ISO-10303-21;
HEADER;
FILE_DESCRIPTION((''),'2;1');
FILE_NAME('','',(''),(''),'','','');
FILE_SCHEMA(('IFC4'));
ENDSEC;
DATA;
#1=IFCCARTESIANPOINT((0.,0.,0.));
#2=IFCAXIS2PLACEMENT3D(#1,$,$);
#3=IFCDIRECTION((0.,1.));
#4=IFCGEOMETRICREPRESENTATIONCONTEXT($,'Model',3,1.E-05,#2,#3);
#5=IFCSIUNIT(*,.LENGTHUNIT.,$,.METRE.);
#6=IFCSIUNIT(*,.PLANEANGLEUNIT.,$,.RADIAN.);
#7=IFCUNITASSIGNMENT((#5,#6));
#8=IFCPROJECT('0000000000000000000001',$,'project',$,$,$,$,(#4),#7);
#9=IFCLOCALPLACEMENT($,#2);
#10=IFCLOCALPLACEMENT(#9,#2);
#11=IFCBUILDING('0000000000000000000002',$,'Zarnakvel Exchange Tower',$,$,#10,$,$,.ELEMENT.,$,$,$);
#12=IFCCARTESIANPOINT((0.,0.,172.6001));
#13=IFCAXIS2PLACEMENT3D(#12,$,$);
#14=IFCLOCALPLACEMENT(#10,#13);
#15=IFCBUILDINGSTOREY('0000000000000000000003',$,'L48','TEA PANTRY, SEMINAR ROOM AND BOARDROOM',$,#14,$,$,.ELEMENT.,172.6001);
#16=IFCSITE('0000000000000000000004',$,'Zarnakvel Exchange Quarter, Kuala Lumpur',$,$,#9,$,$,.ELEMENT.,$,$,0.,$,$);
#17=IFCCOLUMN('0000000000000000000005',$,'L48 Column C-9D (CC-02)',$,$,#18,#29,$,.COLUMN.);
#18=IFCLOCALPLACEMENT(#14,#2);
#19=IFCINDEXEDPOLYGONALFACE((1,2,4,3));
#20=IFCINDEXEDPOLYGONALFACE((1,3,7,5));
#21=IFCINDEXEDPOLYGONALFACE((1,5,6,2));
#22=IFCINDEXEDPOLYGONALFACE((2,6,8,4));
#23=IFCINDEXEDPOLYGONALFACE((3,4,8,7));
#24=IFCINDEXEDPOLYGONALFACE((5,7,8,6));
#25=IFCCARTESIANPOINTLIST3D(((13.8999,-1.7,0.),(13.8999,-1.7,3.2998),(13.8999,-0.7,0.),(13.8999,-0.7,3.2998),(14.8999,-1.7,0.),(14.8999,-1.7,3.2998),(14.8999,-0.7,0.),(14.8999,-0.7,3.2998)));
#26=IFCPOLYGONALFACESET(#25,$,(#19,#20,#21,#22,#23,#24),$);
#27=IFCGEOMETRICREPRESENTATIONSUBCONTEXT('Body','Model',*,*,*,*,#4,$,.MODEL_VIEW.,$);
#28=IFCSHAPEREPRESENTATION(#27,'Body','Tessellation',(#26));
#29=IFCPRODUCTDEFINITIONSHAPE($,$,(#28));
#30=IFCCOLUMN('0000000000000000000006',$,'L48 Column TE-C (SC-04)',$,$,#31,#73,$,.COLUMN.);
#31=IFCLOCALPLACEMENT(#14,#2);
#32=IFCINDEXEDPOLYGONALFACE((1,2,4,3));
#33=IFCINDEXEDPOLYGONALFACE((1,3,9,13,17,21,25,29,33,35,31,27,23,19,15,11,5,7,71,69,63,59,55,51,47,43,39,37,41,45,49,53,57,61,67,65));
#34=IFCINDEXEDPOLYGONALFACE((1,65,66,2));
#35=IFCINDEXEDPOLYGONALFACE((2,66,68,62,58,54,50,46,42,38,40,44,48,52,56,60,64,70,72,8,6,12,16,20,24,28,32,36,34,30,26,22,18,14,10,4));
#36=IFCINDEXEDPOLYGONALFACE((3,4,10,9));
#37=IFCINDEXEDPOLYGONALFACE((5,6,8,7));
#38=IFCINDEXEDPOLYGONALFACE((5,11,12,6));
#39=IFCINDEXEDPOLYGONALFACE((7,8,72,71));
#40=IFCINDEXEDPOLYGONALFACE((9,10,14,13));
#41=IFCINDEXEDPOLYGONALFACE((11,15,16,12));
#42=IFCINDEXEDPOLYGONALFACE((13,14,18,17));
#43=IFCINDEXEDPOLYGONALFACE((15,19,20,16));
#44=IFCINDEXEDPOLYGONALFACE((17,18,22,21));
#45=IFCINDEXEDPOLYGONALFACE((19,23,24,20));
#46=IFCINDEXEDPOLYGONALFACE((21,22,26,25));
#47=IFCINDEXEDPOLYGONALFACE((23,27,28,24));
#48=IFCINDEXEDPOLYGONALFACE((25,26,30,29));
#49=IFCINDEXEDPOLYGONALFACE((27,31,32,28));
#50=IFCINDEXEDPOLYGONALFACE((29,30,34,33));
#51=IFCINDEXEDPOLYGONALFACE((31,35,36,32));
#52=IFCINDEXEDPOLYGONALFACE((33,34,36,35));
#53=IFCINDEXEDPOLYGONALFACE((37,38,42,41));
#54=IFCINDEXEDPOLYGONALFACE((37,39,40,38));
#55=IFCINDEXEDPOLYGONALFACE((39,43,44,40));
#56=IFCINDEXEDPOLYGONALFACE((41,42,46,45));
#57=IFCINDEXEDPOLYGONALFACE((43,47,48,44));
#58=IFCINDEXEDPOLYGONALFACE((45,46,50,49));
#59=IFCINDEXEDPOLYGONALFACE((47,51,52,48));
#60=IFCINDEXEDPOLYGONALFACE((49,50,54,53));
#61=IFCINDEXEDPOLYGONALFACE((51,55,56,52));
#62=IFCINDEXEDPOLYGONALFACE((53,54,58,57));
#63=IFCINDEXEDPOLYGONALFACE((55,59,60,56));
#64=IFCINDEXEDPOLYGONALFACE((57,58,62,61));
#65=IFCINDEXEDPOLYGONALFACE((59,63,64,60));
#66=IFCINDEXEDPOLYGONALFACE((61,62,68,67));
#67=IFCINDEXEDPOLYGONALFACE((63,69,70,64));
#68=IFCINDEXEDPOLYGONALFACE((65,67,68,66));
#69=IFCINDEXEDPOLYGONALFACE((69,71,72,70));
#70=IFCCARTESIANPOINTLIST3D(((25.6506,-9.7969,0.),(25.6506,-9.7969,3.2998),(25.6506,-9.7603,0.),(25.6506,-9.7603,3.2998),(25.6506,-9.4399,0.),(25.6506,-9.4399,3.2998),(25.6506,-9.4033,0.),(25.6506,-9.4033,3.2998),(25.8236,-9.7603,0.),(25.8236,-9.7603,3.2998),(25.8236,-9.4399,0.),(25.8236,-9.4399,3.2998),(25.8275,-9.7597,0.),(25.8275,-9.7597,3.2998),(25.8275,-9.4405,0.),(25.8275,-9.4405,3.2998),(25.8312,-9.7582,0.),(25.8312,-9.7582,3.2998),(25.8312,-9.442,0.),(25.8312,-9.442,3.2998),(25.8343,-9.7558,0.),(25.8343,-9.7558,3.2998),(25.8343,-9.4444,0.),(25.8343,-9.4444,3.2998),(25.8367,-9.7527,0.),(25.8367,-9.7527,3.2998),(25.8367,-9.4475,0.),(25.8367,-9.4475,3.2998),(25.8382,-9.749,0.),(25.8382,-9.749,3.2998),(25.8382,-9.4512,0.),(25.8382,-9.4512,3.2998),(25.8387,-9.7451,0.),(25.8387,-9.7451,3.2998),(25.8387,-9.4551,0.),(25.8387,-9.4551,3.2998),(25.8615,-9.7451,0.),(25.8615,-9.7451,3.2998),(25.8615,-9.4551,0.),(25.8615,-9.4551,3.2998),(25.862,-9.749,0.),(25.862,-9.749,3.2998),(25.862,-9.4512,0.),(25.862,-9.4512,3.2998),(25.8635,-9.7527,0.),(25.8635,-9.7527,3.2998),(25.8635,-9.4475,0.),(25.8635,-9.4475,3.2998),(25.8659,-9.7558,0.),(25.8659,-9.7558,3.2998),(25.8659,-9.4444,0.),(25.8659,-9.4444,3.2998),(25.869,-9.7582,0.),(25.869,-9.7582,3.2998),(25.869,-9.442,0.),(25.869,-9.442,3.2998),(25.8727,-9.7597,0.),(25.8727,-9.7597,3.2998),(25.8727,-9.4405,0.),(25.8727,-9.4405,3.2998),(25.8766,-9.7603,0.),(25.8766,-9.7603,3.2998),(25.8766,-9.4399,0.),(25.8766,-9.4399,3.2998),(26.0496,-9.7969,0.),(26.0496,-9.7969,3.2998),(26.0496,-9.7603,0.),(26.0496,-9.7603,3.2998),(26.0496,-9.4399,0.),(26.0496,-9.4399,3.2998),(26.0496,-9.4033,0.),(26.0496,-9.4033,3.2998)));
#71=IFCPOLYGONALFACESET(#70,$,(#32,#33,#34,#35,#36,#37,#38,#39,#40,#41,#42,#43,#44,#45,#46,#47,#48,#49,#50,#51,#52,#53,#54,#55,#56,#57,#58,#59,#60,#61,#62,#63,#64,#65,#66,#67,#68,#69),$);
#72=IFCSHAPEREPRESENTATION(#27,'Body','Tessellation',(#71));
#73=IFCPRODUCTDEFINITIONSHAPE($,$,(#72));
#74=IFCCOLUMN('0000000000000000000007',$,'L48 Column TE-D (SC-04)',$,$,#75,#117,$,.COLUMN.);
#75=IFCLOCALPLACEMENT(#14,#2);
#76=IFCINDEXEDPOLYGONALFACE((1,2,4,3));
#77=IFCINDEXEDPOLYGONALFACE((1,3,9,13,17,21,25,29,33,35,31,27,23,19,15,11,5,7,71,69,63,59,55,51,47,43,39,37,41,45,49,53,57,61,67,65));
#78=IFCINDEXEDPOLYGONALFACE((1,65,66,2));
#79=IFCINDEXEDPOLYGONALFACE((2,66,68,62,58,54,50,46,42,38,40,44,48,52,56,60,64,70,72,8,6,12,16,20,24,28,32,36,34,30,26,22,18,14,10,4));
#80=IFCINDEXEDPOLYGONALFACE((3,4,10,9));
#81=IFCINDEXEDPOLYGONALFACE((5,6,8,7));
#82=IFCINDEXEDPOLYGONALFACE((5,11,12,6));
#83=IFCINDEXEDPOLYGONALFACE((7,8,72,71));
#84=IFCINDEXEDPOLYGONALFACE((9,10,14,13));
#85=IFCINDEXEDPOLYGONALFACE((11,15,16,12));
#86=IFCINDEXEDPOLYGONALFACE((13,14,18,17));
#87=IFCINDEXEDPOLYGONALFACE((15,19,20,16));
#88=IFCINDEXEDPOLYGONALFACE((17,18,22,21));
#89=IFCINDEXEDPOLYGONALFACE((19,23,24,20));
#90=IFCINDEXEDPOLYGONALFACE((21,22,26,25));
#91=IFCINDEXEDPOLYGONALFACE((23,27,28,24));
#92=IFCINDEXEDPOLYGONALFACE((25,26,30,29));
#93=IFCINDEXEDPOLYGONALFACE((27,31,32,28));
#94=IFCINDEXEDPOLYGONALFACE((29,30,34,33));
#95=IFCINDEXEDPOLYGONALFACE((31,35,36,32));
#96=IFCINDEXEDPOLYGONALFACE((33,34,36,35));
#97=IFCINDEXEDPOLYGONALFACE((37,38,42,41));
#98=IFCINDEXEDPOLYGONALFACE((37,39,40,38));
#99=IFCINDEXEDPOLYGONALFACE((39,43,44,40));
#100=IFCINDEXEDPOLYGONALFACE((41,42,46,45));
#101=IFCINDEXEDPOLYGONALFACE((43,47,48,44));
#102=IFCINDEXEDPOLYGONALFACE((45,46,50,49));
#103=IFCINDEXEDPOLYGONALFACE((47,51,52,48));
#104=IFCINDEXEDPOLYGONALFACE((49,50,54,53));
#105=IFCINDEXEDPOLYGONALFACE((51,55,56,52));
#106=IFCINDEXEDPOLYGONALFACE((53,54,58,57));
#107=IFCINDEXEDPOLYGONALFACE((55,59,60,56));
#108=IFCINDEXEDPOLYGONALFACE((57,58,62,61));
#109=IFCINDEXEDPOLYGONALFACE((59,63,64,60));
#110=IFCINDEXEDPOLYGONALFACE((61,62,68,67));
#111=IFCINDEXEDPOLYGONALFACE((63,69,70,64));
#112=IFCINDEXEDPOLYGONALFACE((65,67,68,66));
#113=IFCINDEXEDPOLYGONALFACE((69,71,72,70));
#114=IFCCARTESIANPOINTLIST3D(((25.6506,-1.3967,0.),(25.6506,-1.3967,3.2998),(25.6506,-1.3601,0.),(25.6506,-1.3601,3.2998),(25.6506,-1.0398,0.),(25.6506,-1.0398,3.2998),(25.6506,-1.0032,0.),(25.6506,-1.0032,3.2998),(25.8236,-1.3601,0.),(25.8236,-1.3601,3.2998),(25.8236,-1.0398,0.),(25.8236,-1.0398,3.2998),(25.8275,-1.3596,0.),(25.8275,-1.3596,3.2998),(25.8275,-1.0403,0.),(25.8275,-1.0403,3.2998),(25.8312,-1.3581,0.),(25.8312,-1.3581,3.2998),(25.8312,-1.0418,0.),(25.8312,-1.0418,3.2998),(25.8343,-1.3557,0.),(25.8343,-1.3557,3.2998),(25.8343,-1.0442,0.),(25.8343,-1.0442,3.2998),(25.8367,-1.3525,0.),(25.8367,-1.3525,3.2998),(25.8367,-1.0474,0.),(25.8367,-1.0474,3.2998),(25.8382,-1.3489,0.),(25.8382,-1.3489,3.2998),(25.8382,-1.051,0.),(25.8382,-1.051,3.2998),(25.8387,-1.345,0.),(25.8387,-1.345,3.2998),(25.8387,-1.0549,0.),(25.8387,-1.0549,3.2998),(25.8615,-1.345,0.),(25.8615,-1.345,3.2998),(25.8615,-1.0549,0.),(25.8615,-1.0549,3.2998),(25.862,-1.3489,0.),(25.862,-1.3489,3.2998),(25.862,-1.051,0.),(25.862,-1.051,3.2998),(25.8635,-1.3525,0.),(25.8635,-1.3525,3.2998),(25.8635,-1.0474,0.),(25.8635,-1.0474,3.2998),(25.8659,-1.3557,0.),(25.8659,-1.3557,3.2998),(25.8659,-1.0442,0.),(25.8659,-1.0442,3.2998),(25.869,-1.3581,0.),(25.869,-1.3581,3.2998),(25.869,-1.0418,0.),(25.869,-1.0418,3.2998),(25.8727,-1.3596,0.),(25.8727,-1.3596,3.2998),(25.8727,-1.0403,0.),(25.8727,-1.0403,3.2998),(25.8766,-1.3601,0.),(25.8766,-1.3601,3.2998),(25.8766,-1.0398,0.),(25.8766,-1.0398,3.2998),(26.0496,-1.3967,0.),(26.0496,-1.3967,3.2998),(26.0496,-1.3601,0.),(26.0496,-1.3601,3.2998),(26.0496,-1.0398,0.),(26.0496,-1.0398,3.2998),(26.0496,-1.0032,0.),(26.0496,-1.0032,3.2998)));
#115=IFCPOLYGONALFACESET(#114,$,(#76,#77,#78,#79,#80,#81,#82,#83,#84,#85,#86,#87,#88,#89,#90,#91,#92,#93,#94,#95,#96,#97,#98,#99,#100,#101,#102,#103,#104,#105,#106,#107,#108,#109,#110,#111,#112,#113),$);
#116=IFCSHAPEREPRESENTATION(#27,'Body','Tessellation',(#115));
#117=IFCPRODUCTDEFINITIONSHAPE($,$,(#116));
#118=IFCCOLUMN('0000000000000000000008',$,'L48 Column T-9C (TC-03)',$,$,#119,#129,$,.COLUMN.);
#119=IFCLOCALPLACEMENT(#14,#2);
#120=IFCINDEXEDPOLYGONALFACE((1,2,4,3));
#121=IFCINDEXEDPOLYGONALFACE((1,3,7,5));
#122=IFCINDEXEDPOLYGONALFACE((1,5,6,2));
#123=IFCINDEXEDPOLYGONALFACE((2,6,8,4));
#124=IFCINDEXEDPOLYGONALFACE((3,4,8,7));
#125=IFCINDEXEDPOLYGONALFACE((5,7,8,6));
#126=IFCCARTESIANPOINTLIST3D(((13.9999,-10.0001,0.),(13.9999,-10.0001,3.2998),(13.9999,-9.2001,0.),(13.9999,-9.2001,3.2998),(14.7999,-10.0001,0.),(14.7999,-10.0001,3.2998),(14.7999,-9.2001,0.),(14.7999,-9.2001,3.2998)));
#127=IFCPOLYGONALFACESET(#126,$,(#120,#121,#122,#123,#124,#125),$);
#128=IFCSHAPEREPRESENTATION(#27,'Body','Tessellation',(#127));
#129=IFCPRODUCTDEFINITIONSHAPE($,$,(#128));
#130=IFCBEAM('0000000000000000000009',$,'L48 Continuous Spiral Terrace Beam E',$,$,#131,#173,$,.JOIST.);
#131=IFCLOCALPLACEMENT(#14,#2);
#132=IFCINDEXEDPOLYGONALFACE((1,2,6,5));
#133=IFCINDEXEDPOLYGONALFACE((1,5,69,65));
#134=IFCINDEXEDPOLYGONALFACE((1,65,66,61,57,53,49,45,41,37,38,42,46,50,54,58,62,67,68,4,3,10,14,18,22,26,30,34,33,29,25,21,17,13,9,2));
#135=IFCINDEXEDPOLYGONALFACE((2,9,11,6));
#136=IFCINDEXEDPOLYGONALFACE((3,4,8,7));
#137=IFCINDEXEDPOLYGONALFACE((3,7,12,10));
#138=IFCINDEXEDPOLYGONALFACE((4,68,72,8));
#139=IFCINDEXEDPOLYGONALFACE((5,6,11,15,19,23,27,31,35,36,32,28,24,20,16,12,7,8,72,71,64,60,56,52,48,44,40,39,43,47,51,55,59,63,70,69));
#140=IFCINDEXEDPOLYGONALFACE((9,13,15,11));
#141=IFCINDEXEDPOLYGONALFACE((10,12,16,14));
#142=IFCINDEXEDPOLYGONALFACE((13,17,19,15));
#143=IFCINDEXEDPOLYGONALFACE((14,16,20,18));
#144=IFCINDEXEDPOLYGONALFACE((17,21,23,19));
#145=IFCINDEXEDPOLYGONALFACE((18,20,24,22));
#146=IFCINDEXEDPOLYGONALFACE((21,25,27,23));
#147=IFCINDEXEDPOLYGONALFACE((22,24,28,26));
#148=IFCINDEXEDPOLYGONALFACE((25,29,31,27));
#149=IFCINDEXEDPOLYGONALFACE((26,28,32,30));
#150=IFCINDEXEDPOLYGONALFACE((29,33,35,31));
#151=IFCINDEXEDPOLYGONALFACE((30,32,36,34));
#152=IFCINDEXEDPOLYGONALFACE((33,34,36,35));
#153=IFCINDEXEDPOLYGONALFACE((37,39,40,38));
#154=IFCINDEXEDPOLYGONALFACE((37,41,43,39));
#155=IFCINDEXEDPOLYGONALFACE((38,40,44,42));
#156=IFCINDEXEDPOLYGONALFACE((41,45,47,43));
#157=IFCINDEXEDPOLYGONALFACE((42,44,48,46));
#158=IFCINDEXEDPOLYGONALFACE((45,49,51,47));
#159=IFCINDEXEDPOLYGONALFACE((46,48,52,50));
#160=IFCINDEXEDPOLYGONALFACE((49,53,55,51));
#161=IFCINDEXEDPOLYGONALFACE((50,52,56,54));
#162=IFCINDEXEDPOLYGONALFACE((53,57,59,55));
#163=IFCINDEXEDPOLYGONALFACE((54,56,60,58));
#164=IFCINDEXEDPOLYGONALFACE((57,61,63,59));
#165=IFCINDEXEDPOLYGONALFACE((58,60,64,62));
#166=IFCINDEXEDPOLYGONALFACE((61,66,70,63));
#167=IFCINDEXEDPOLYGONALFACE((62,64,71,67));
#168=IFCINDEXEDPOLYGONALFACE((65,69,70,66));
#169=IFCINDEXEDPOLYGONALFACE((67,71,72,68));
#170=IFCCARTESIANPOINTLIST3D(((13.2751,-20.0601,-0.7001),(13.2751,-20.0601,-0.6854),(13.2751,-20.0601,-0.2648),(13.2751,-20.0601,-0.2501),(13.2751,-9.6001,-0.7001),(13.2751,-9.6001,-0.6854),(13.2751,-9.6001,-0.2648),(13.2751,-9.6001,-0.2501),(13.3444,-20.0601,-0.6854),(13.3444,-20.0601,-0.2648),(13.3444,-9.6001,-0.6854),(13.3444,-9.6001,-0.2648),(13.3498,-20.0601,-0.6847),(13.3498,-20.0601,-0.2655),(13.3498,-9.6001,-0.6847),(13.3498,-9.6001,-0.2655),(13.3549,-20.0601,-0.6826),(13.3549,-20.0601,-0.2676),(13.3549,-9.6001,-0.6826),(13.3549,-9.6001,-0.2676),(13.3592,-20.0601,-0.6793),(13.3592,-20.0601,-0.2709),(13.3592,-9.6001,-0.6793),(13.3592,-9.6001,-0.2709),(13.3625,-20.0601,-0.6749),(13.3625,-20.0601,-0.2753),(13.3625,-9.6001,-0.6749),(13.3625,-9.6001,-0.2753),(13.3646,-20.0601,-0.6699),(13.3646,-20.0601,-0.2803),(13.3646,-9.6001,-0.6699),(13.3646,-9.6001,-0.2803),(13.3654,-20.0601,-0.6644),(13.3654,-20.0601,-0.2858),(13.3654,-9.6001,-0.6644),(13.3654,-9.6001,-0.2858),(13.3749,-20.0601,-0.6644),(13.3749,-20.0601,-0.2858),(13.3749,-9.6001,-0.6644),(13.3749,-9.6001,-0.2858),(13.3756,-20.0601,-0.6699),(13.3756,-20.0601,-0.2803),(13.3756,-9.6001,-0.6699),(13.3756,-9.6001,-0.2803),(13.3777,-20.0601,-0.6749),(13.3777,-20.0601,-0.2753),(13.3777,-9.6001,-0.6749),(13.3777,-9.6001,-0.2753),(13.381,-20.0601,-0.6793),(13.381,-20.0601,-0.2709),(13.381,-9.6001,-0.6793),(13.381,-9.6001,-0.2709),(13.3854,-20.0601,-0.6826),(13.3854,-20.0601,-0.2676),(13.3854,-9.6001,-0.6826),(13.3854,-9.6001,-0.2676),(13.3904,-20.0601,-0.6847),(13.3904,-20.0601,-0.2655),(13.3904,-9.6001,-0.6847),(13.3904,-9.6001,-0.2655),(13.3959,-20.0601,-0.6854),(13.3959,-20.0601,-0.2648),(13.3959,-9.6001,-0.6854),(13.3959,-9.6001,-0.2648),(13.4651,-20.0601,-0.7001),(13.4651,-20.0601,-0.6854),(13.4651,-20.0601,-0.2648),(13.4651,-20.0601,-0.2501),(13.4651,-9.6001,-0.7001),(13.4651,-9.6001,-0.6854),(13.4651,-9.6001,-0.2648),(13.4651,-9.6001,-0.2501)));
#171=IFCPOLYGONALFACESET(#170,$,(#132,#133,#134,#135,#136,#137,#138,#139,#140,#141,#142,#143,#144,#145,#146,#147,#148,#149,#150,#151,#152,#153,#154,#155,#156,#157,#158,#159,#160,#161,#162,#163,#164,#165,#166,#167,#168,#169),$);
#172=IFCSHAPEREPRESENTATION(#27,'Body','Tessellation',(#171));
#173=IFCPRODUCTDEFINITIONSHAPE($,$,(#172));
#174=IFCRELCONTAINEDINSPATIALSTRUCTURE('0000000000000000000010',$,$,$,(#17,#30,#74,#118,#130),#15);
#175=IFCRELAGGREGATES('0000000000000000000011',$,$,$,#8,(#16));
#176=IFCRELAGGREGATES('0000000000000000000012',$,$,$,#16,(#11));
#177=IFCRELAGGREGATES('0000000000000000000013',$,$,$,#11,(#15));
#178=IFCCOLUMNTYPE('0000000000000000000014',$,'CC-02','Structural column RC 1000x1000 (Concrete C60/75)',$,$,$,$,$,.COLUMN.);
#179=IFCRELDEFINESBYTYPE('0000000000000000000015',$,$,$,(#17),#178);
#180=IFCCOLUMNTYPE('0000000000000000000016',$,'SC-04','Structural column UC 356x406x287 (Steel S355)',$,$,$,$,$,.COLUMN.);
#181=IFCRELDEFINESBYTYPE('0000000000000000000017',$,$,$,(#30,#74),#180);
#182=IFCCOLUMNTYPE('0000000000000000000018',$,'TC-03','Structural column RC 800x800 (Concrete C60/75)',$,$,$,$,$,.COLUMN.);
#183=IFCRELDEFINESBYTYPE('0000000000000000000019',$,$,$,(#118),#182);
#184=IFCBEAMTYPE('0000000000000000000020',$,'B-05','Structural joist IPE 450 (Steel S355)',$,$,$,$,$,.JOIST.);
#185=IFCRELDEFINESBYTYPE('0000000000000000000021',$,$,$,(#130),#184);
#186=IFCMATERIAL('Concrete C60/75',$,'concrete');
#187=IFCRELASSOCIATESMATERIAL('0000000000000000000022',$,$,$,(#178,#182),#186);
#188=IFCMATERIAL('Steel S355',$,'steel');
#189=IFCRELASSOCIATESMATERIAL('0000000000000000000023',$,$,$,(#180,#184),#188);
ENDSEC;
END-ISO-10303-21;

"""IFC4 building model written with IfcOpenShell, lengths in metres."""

from ifc_helpers import new_model, si_unit, direction, frame, origin, origin_2d, place, context, subcontext, project, spatial, rectangle, i_section, extrude, material, material_profile, profile_set, type_object, element, save


model = new_model("IFC4")

# Units and contexts
model_context = context("Model", 3, precision=1e-05, world=origin(), true_north=direction((0.0, 1.0)))
body_context = subcontext(model_context, "Body", "Model", "MODEL_VIEW")
ifc_project = project(units=[si_unit("LENGTHUNIT", "METRE"), si_unit("PLANEANGLEUNIT", "RADIAN")], contexts=[model_context])

# Site, building, storey
site_placement = place(None, origin())
site = spatial("IfcSite", under=ifc_project, at=site_placement, Name="Zarnakvel Exchange Quarter, Kuala Lumpur", CompositionType="ELEMENT", RefElevation=0.0)
building_placement = place(site_placement, origin())
building = spatial("IfcBuilding", under=site, at=building_placement, Name="Zarnakvel Exchange Tower", CompositionType="ELEMENT")
storey_placement = place(building_placement, frame((0.0, 0.0, 172.6001)))
storey = spatial("IfcBuildingStorey", under=building, at=storey_placement, Name="L48", Description="TEA PANTRY, SEMINAR ROOM AND BOARDROOM", CompositionType="ELEMENT", Elevation=172.6001)

# Columns
ifc_material_1 = material(Name="Concrete C60/75", Category="concrete")
ifc_material_profile_1 = material_profile(ifc_material_1, rectangle(XDim=1.0, YDim=1.0, at=origin_2d()))
ifc_profile_set_1 = profile_set([ifc_material_profile_1], Name="Concrete C60/75")
column_type_1 = type_object("IfcColumnType", Name="CC-02", Description="Structural column RC 1000x1000 (Concrete C60/75)", PredefinedType="COLUMN", material=ifc_profile_set_1)
column_1_placement = place(storey_placement, frame((14.3999, -1.2, 0.0), z_axis=(0.0, 0.0, 1.0), x_axis=(1.0, 0.0, 0.0)))
element("IfcColumn", 1, at=column_1_placement, inside=storey, type_object=column_type_1, Name="L48 Column C-9D (CC-02)", PredefinedType="COLUMN", context=body_context, shape_type="SweptSolid", body=[
    extrude(rectangle(XDim=1.0, YDim=1.0, at=origin_2d()), origin(), (0.0, 0.0, 1.0), 3.2998),
])
ifc_material_2 = material(Name="Steel S355", Category="steel")
ifc_material_profile_2 = material_profile(ifc_material_2, i_section(OverallWidth=0.3989, OverallDepth=0.3936, WebThickness=0.0227, FlangeThickness=0.0366, FilletRadius=0.0151, at=origin_2d()))
ifc_profile_set_2 = profile_set([ifc_material_profile_2], Name="Steel S355")
column_type_2 = type_object("IfcColumnType", Name="SC-04", Description="Structural column UC 356x406x287 (Steel S355)", PredefinedType="COLUMN", material=ifc_profile_set_2)
for number, where, z_axis, x_axis, name in (
    (2, (25.8501, -9.6001, 0.0), (0.0, 0.0, 1.0), (1.0, 0.0, 0.0), "L48 Column TE-C (SC-04)"),
    (3, (25.8501, -1.2, 0.0), (0.0, 0.0, 1.0), (1.0, 0.0, 0.0), "L48 Column TE-D (SC-04)"),
):
    element("IfcColumn", number, at=place(storey_placement, frame(where, z_axis=z_axis, x_axis=x_axis)), inside=storey, type_object=column_type_2, Name=name, PredefinedType="COLUMN", context=body_context, shape_type="SweptSolid", body=[
        extrude(i_section(OverallWidth=0.3989, OverallDepth=0.3936, WebThickness=0.0227, FlangeThickness=0.0366, FilletRadius=0.0151, at=origin_2d()), origin(), (0.0, 0.0, 1.0), 3.2998),
    ])
ifc_material_profile_3 = material_profile(ifc_material_1, rectangle(XDim=0.8, YDim=0.8, at=origin_2d()))
ifc_profile_set_3 = profile_set([ifc_material_profile_3], Name="Concrete C60/75")
column_type_3 = type_object("IfcColumnType", Name="TC-03", Description="Structural column RC 800x800 (Concrete C60/75)", PredefinedType="COLUMN", material=ifc_profile_set_3)
column_2_placement = place(storey_placement, frame((14.3999, -9.6001, 0.0), z_axis=(0.0, 0.0, 1.0), x_axis=(1.0, 0.0, 0.0)))
element("IfcColumn", 4, at=column_2_placement, inside=storey, type_object=column_type_3, Name="L48 Column T-9C (TC-03)", PredefinedType="COLUMN", context=body_context, shape_type="SweptSolid", body=[
    extrude(rectangle(XDim=0.8, YDim=0.8, at=origin_2d()), origin(), (0.0, 0.0, 1.0), 3.2998),
])

# Beam
ifc_material_profile_4 = material_profile(ifc_material_2, i_section(OverallWidth=0.1899, OverallDepth=0.45, WebThickness=0.0095, FlangeThickness=0.0146, FilletRadius=0.021, at=origin_2d()))
ifc_profile_set_4 = profile_set([ifc_material_profile_4], Name="Steel S355")
beam_type_1 = type_object("IfcBeamType", Name="B-05", Description="Structural joist IPE 450 (Steel S355)", PredefinedType="JOIST", material=ifc_profile_set_4)
beam_1_placement = place(storey_placement, frame((13.3701, -9.6001, -0.4751), z_axis=(0.0, -1.0, 0.0), x_axis=(1.0, 0.0, 0.0)))
element("IfcBeam", 5, at=beam_1_placement, inside=storey, type_object=beam_type_1, Name="L48 Continuous Spiral Terrace Beam E", PredefinedType="JOIST", context=body_context, shape_type="SweptSolid", body=[
    extrude(i_section(OverallWidth=0.1899, OverallDepth=0.45, WebThickness=0.0095, FlangeThickness=0.0146, FilletRadius=0.021, at=origin_2d()), origin(), (0.0, 0.0, 1.0), 10.46),
])

save(model, "model.ifc")
